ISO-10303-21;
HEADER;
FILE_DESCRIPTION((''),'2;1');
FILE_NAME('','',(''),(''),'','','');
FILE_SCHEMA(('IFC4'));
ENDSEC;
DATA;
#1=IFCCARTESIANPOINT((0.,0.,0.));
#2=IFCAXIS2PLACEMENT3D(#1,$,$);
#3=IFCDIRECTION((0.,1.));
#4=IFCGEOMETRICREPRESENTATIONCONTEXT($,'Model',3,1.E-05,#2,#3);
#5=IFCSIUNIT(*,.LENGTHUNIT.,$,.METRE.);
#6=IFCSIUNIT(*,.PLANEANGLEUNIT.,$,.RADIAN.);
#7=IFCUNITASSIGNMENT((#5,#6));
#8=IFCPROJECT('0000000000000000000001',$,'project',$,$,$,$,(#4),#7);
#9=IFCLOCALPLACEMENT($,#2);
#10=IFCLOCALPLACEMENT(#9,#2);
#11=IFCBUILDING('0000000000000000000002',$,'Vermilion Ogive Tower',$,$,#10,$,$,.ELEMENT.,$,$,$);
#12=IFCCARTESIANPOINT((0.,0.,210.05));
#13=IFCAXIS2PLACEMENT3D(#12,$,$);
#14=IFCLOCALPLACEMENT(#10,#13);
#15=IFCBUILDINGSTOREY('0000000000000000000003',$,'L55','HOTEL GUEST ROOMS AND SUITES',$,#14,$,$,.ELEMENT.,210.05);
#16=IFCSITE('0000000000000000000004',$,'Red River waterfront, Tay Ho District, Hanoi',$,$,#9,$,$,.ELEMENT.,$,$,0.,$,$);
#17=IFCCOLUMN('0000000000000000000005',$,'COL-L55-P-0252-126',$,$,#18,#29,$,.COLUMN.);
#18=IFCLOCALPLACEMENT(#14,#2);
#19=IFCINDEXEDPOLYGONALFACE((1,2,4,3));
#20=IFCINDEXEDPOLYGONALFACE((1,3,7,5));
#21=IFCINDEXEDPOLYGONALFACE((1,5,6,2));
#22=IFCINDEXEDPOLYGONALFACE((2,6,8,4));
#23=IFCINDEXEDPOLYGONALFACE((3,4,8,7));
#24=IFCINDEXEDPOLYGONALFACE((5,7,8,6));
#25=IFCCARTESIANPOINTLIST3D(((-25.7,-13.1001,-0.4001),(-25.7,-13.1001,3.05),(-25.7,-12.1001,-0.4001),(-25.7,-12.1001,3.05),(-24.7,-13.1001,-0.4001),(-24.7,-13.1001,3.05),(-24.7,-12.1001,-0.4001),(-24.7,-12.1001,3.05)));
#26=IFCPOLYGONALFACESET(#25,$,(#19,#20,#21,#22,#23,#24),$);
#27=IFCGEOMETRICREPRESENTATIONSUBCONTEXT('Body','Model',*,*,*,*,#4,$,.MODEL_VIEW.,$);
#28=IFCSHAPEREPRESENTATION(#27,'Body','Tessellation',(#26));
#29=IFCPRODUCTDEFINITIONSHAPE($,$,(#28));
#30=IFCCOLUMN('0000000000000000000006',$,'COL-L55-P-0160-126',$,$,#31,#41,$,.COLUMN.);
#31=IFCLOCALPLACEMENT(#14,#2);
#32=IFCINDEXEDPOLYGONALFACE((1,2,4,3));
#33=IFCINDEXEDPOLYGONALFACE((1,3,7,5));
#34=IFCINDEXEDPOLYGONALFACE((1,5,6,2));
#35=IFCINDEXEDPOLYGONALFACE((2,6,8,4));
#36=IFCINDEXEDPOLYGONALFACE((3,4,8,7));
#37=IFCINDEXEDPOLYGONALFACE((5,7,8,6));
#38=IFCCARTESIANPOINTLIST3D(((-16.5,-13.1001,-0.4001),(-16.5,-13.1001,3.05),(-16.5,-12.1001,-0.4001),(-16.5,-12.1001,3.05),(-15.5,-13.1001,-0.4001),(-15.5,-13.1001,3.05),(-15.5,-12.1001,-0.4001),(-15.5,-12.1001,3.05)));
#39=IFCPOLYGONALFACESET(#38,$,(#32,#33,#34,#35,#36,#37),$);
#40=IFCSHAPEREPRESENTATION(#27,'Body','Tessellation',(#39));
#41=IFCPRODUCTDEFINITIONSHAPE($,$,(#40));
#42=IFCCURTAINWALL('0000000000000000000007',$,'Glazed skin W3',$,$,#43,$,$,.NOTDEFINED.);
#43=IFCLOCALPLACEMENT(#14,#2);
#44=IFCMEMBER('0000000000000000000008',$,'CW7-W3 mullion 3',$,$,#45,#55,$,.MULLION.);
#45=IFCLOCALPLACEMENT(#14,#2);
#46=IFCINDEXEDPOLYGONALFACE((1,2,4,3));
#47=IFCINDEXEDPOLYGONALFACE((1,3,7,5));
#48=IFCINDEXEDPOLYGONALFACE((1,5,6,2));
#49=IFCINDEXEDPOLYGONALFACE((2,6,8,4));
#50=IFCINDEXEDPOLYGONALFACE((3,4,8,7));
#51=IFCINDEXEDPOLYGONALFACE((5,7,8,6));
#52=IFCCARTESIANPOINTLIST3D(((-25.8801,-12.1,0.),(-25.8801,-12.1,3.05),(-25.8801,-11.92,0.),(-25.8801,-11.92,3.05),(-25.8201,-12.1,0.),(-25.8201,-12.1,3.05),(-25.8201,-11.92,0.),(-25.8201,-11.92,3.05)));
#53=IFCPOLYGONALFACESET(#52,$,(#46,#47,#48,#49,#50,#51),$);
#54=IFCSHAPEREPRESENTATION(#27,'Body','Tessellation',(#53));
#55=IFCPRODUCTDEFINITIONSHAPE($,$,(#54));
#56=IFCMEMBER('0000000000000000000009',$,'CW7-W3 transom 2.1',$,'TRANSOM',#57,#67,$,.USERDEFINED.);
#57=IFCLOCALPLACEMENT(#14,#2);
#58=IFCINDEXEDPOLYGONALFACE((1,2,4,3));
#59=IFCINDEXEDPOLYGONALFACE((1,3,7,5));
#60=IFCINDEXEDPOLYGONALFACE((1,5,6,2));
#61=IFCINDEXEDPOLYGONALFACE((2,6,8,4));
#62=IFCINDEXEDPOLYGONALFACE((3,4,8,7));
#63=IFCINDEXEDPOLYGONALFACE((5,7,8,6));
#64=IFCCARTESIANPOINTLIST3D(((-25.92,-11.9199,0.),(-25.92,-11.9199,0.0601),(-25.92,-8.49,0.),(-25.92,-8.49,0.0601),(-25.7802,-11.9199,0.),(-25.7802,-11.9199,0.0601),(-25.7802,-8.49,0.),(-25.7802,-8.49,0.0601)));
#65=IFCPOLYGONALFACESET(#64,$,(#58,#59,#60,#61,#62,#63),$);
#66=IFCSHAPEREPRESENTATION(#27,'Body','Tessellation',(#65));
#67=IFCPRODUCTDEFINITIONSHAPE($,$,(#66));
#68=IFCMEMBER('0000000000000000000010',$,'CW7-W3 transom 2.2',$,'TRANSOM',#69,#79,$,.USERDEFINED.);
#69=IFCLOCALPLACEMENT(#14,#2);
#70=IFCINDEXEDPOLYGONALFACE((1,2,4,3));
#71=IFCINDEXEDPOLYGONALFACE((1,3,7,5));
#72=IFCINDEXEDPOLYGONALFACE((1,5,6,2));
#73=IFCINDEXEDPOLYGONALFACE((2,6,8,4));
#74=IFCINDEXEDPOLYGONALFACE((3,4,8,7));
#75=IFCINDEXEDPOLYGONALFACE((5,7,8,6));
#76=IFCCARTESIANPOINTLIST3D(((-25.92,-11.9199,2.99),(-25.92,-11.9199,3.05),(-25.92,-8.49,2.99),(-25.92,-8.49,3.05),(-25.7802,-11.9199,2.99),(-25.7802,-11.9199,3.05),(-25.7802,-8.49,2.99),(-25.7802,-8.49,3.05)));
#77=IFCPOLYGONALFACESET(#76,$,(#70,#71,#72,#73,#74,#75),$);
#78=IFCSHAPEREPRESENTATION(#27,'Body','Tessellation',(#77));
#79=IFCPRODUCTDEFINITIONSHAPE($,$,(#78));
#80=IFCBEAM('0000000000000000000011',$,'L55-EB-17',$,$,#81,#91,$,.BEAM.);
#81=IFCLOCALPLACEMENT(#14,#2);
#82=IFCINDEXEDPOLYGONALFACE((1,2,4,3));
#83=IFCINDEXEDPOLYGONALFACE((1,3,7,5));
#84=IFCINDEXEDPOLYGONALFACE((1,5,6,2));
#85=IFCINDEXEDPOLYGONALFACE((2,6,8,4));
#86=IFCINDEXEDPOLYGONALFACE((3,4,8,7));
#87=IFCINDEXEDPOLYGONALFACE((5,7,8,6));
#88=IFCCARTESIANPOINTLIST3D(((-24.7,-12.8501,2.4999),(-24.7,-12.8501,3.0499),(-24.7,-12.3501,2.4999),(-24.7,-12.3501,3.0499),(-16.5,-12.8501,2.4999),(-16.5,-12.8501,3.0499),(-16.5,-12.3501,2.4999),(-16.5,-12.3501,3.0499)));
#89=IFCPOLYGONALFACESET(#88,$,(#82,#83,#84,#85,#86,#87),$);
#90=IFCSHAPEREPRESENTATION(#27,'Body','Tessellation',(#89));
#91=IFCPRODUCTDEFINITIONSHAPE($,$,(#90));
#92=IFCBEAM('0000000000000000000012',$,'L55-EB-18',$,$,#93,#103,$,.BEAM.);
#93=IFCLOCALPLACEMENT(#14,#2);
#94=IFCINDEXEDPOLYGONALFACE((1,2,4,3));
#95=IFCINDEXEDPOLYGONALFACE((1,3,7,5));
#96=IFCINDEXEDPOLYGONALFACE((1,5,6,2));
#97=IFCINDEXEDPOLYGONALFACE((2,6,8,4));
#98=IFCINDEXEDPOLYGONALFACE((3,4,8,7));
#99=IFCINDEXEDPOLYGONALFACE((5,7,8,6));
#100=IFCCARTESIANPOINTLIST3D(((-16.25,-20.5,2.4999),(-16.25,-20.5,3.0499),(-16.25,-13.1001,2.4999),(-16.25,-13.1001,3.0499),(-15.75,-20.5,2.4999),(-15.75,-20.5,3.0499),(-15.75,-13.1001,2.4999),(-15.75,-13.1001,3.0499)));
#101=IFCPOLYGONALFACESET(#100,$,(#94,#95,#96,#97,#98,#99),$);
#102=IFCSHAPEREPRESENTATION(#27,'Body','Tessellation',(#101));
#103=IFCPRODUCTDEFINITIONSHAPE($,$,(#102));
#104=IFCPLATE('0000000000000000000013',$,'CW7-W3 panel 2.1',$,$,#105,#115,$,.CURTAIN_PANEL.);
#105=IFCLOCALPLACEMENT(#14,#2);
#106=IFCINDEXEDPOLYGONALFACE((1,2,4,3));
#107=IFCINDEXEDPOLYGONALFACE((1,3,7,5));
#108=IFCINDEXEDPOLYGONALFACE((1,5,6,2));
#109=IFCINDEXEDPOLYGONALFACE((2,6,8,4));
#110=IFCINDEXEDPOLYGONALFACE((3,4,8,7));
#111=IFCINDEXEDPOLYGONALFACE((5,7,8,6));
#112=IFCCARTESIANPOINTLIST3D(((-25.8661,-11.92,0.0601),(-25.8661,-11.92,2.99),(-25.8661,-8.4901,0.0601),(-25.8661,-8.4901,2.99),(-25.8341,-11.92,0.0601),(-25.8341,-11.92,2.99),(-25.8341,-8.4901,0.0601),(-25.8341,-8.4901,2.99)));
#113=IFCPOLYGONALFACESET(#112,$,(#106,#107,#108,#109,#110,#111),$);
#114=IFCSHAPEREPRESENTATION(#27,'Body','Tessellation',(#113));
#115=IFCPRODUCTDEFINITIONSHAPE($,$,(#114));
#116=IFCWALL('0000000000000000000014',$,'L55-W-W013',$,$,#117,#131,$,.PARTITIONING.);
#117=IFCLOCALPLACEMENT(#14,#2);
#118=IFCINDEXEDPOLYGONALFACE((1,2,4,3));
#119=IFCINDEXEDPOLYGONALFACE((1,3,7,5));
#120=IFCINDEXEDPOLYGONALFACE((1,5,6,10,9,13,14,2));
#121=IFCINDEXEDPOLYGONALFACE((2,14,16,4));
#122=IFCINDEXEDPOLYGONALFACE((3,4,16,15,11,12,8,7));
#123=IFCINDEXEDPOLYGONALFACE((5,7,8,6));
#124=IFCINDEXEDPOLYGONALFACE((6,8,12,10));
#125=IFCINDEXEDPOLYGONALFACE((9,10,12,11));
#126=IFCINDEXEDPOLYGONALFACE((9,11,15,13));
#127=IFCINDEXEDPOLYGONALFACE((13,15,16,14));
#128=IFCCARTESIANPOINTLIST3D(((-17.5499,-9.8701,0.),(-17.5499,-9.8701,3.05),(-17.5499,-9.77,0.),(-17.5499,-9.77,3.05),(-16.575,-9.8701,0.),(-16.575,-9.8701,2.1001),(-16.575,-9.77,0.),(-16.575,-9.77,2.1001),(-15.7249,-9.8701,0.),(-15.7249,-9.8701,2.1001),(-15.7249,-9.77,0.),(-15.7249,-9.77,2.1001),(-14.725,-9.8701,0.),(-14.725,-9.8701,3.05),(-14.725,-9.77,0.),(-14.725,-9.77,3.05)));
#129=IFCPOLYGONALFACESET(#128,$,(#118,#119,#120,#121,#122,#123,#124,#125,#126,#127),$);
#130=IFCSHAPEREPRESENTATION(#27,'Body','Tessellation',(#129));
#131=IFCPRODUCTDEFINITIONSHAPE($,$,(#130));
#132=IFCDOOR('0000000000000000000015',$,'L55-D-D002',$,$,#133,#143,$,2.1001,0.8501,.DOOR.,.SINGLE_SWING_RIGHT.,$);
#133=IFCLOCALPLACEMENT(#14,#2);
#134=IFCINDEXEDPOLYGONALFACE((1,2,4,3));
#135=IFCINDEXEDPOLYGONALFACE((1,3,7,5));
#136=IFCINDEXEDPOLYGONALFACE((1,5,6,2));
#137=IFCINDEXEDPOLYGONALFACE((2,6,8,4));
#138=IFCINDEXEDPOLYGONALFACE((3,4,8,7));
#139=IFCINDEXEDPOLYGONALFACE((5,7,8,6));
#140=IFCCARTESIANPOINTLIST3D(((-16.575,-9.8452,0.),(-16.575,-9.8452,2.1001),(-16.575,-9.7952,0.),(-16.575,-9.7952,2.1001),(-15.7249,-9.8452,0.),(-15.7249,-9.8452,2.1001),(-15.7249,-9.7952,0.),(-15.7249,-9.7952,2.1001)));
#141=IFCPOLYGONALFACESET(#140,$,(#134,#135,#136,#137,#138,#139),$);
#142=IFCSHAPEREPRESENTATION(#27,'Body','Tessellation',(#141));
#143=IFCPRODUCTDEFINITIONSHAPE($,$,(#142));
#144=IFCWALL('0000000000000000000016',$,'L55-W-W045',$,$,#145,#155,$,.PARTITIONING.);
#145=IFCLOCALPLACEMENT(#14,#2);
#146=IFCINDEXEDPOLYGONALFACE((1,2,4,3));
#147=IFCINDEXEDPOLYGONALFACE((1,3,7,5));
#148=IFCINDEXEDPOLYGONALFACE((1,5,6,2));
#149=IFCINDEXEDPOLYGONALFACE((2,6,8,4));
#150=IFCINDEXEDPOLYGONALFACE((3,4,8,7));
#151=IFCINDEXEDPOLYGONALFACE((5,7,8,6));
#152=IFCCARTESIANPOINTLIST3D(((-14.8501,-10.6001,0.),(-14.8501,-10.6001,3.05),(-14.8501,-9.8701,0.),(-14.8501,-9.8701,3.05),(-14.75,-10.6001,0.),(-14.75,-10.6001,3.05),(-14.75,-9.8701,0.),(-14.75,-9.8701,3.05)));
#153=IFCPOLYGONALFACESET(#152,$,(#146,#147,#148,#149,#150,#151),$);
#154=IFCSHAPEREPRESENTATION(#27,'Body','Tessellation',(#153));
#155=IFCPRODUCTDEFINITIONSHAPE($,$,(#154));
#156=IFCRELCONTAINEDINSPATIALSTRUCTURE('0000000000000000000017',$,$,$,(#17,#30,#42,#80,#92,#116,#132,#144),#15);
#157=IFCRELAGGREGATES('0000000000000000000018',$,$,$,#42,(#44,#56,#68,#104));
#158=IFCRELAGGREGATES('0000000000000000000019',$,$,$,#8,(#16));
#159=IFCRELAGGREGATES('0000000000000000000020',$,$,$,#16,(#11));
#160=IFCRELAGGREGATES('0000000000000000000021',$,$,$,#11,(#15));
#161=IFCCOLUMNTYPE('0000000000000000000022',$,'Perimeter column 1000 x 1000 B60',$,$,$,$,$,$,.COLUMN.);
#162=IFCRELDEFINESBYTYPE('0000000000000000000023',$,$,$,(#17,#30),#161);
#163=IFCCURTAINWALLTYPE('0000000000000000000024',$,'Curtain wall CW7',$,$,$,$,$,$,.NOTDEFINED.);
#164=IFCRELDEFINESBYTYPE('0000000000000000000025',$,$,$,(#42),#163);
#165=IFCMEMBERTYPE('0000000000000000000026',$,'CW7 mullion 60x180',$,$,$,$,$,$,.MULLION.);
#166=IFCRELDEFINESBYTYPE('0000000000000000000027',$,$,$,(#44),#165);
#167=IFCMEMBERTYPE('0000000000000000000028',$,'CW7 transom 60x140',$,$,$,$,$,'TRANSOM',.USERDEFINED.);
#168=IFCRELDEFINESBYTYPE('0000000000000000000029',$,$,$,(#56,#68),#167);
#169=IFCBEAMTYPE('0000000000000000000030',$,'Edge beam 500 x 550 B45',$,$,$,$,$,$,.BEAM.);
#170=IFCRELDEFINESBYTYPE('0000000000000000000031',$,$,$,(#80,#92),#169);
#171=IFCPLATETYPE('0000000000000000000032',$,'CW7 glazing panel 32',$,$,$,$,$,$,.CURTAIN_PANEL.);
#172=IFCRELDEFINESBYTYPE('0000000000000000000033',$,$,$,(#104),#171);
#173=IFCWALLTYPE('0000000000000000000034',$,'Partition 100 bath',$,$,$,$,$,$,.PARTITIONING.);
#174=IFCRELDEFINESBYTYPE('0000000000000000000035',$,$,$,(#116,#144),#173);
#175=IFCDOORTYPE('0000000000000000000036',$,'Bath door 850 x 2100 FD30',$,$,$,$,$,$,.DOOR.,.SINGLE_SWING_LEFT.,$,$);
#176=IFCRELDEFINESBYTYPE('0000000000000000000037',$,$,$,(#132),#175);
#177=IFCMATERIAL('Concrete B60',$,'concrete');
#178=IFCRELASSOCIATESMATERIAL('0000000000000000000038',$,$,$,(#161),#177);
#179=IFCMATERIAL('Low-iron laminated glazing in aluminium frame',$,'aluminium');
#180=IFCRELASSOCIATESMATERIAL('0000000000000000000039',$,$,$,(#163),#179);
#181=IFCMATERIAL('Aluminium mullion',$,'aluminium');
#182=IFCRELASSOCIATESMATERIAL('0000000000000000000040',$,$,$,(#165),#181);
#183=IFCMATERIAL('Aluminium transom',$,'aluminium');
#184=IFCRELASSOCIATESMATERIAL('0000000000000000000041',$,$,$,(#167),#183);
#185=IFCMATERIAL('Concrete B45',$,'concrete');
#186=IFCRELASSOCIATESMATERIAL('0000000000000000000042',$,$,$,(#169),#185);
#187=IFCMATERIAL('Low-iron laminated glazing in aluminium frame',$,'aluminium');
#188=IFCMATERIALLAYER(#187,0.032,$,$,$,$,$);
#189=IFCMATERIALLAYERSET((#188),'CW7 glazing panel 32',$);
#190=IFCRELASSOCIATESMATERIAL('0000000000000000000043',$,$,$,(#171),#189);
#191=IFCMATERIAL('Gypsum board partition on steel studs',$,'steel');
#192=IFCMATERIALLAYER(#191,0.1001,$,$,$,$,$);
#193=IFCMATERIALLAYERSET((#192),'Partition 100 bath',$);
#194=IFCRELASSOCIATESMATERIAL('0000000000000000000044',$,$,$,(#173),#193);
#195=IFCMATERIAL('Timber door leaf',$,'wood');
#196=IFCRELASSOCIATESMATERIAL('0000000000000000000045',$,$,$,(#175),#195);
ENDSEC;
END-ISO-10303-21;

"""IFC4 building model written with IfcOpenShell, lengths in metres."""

from ifc_helpers import new_model, si_unit, direction, frame, frame_2d, origin, origin_2d, place, context, subcontext, project, spatial, rectangle, extrude, material, layer, layer_set, material_profile, profile_set, type_object, element, fill, aggregate, save


model = new_model("IFC4")

# Units and contexts
model_context = context("Model", 3, precision=1e-05, world=origin(), true_north=direction((0.0, 1.0)))
body_context = subcontext(model_context, "Body", "Model", "MODEL_VIEW")
ifc_project = project(units=[si_unit("LENGTHUNIT", "METRE"), si_unit("PLANEANGLEUNIT", "RADIAN")], contexts=[model_context])

# Site, building, storey
site_placement = place(None, origin())
site = spatial("IfcSite", under=ifc_project, at=site_placement, Name="Red River waterfront, Tay Ho District, Hanoi", CompositionType="ELEMENT", RefElevation=0.0)
building_placement = place(site_placement, origin())
building = spatial("IfcBuilding", under=site, at=building_placement, Name="Vermilion Ogive Tower", CompositionType="ELEMENT")
storey_placement = place(building_placement, frame((0.0, 0.0, 210.05)))
storey = spatial("IfcBuildingStorey", under=building, at=storey_placement, Name="L55", Description="HOTEL GUEST ROOMS AND SUITES", CompositionType="ELEMENT", Elevation=210.05)

# Columns
ifc_material_1 = material(Name="Concrete B60", Category="concrete")
ifc_material_profile_1 = material_profile(ifc_material_1, rectangle(XDim=1.0, YDim=1.0, at=origin_2d()), Name="1000 x 1000")
ifc_profile_set_1 = profile_set([ifc_material_profile_1], Name="Concrete B60")
column_type = type_object("IfcColumnType", Name="Perimeter column 1000 x 1000 B60", PredefinedType="COLUMN", material=ifc_profile_set_1)
for number, where, z_axis, x_axis, name in (
    (1, (-25.2, -12.6001, -0.4001), (0.0, 0.0, 1.0), (1.0, 0.0, 0.0), "COL-L55-P-0252-126"),
    (2, (-16.0, -12.6001, -0.4001), (0.0, 0.0, 1.0), (1.0, 0.0, 0.0), "COL-L55-P-0160-126"),
):
    element("IfcColumn", number, at=place(storey_placement, frame(where, z_axis=z_axis, x_axis=x_axis)), inside=storey, type_object=column_type, Name=name, PredefinedType="COLUMN", context=body_context, shape_type="SweptSolid", body=[
        extrude(rectangle(XDim=1.0, YDim=1.0, at=origin_2d()), origin(), (0.0, 0.0, 1.0), 3.4502),
    ])

# Curtain wall, members
ifc_material_2 = material(Name="Low-iron laminated glazing in aluminium frame", Category="aluminium")
curtain_wall_type = type_object("IfcCurtainWallType", Name="Curtain wall CW7", PredefinedType="NOTDEFINED", material=ifc_material_2)
curtain_wall_placement = place(storey_placement, origin())
curtain_wall = element("IfcCurtainWall", 3, at=curtain_wall_placement, inside=storey, type_object=curtain_wall_type, Name="Glazed skin W3", PredefinedType="NOTDEFINED")
ifc_material_3 = material(Name="Aluminium mullion", Category="aluminium")
ifc_material_profile_2 = material_profile(ifc_material_3, rectangle(XDim=0.0601, YDim=0.1799, at=origin_2d()), Name="AL 60x180")
ifc_profile_set_2 = profile_set([ifc_material_profile_2], Name="Aluminium mullion")
member_type_1 = type_object("IfcMemberType", Name="CW7 mullion 60x180", PredefinedType="MULLION", material=ifc_profile_set_2)
member_1_placement = place(storey_placement, frame((-25.8501, -12.01, 0.0), z_axis=(0.0, 0.0, 1.0), x_axis=(1.0, 0.0, 0.0)))
member_1 = element("IfcMember", 4, at=member_1_placement, type_object=member_type_1, Name="CW7-W3 mullion 3", PredefinedType="MULLION", context=body_context, shape_type="SweptSolid", body=[
    extrude(rectangle(XDim=0.0601, YDim=0.1799, at=origin_2d()), origin(), (0.0, 0.0, 1.0), 3.05),
])
ifc_material_4 = material(Name="Aluminium transom", Category="aluminium")
ifc_material_profile_3 = material_profile(ifc_material_4, rectangle(XDim=0.1399, YDim=0.0601, at=origin_2d()), Name="AL 60x140")
ifc_profile_set_3 = profile_set([ifc_material_profile_3], Name="Aluminium transom")
member_type_2 = type_object("IfcMemberType", Name="CW7 transom 60x140", ElementType="TRANSOM", PredefinedType="USERDEFINED", material=ifc_profile_set_3)
member_2_placement = place(storey_placement, frame((-25.8501, -8.49, 0.03), z_axis=(0.0, -1.0, 0.0), x_axis=(1.0, 0.0, 0.0)))
member_2 = element("IfcMember", 5, at=member_2_placement, type_object=member_type_2, Name="CW7-W3 transom 2.1", ObjectType="TRANSOM", PredefinedType="USERDEFINED", context=body_context, shape_type="SweptSolid", body=[
    extrude(rectangle(XDim=0.1399, YDim=0.0601, at=origin_2d()), origin(), (0.0, 0.0, 1.0), 3.4299),
])
member_3_placement = place(storey_placement, frame((-25.8501, -8.49, 3.02), z_axis=(0.0, -1.0, 0.0), x_axis=(1.0, 0.0, 0.0)))
member_3 = element("IfcMember", 6, at=member_3_placement, type_object=member_type_2, Name="CW7-W3 transom 2.2", ObjectType="TRANSOM", PredefinedType="USERDEFINED", context=body_context, shape_type="SweptSolid", body=[
    extrude(rectangle(XDim=0.1399, YDim=0.0601, at=origin_2d()), origin(), (0.0, 0.0, 1.0), 3.4299),
])

# Beams
ifc_material_5 = material(Name="Concrete B45", Category="concrete")
ifc_material_profile_4 = material_profile(ifc_material_5, rectangle(XDim=0.5, YDim=0.55, at=origin_2d()), Name="500 x 550")
ifc_profile_set_4 = profile_set([ifc_material_profile_4], Name="Concrete B45")
beam_type = type_object("IfcBeamType", Name="Edge beam 500 x 550 B45", PredefinedType="BEAM", material=ifc_profile_set_4)
beam_1_placement = place(storey_placement, frame((-24.7, -12.6001, 2.7749), z_axis=(1.0, 0.0, 0.0), x_axis=(0.0, 1.0, 0.0)))
element("IfcBeam", 7, at=beam_1_placement, inside=storey, type_object=beam_type, Name="L55-EB-17", PredefinedType="BEAM", context=body_context, shape_type="SweptSolid", body=[
    extrude(rectangle(XDim=0.5, YDim=0.55, at=origin_2d()), origin(), (0.0, 0.0, 1.0), 8.2),
])
beam_2_placement = place(storey_placement, frame((-16.0, -13.1001, 2.7749), z_axis=(0.0, -1.0, 0.0), x_axis=(1.0, 0.0, 0.0)))
element("IfcBeam", 8, at=beam_2_placement, inside=storey, type_object=beam_type, Name="L55-EB-18", PredefinedType="BEAM", context=body_context, shape_type="SweptSolid", body=[
    extrude(rectangle(XDim=0.5, YDim=0.55, at=origin_2d()), origin(), (0.0, 0.0, 1.0), 7.3999),
])

# Plate
ifc_material_6 = material(Name="Low-iron laminated glazing in aluminium frame", Category="aluminium")
ifc_layer_1 = layer(ifc_material_6, 0.032)
ifc_layer_set_1 = layer_set([ifc_layer_1], Name="CW7 glazing panel 32")
plate_type = type_object("IfcPlateType", Name="CW7 glazing panel 32", PredefinedType="CURTAIN_PANEL", material=ifc_layer_set_1)
plate_placement = place(storey_placement, frame((-25.8501, -10.2051, 0.0601), z_axis=(0.0, 0.0, 1.0), x_axis=(0.0, -1.0, 0.0)))
plate = element("IfcPlate", 9, at=plate_placement, type_object=plate_type, Name="CW7-W3 panel 2.1", PredefinedType="CURTAIN_PANEL", context=body_context, shape_type="SweptSolid", body=[
    extrude(rectangle(XDim=3.4299, YDim=0.032, at=origin_2d()), origin(), (0.0, 0.0, 1.0), 2.9299),
])
aggregate(curtain_wall, [member_1, member_2, member_3, plate])

# Wall, opening, door
ifc_material_7 = material(Name="Gypsum board partition on steel studs", Category="steel")
ifc_layer_2 = layer(ifc_material_7, 0.1001)
ifc_layer_set_2 = layer_set([ifc_layer_2], Name="Partition 100 bath")
wall_type_1 = type_object("IfcWallType", Name="Partition 100 bath", PredefinedType="PARTITIONING", material=ifc_layer_set_2)
wall_1_placement = place(storey_placement, frame((-17.55, -9.8201, 0.0), z_axis=(0.0, 0.0, 1.0), x_axis=(1.0, 0.0, 0.0)))
wall_1 = element("IfcWall", 10, at=wall_1_placement, inside=storey, type_object=wall_type_1, Name="L55-W-W013", PredefinedType="PARTITIONING", context=body_context, shape_type="SweptSolid", body=[
    extrude(rectangle(XDim=2.825, YDim=0.1001, at=frame_2d((1.4126, 0.0))), origin(), (0.0, 0.0, 1.0), 3.05),
])
opening_1_placement = place(wall_1_placement, frame((0.9751, 0.0, 0.0)))
opening_1 = element("IfcOpeningElement", 11, at=opening_1_placement, cuts=wall_1, PredefinedType="OPENING", context=body_context, shape_type="SweptSolid", body=[
    extrude(rectangle(XDim=0.8501, YDim=2.1001, at=frame_2d((0.425, 1.05))), frame((0.0, 0.0601, 0.0), z_axis=(0.0, -1.0, 0.0), x_axis=(1.0, 0.0, 0.0)), (0.0, 0.0, 1.0), 0.1201),
])
ifc_material_8 = material(Name="Timber door leaf", Category="wood")
door_type_1 = type_object("IfcDoorType", Name="Bath door 850 x 2100 FD30", OperationType="SINGLE_SWING_LEFT", PredefinedType="DOOR", material=ifc_material_8)
door_1_placement = place(opening_1_placement, origin())
door_1 = element("IfcDoor", 12, at=door_1_placement, inside=storey, type_object=door_type_1, Name="L55-D-D002", OperationType="SINGLE_SWING_RIGHT", OverallHeight=2.1001, OverallWidth=0.8501, PredefinedType="DOOR", context=body_context, shape_type="SweptSolid", body=[
    extrude(rectangle(XDim=0.8501, YDim=2.1001, at=frame_2d((0.425, 1.05))), frame((0.0, 0.0249, 0.0), z_axis=(0.0, -1.0, 0.0), x_axis=(1.0, 0.0, 0.0)), (0.0, 0.0, 1.0), 0.05),
])
fill(opening_1, door_1)

# Wall
wall_2_placement = place(storey_placement, frame((-14.8, -10.6001, 0.0), z_axis=(0.0, 0.0, 1.0), x_axis=(0.0, 1.0, 0.0)))
element("IfcWall", 13, at=wall_2_placement, inside=storey, type_object=wall_type_1, Name="L55-W-W045", PredefinedType="PARTITIONING", context=body_context, shape_type="SweptSolid", body=[
    extrude(rectangle(XDim=0.73, YDim=0.1001, at=frame_2d((0.365, 0.0))), origin(), (0.0, 0.0, 1.0), 3.05),
])

save(model, "model.ifc")
